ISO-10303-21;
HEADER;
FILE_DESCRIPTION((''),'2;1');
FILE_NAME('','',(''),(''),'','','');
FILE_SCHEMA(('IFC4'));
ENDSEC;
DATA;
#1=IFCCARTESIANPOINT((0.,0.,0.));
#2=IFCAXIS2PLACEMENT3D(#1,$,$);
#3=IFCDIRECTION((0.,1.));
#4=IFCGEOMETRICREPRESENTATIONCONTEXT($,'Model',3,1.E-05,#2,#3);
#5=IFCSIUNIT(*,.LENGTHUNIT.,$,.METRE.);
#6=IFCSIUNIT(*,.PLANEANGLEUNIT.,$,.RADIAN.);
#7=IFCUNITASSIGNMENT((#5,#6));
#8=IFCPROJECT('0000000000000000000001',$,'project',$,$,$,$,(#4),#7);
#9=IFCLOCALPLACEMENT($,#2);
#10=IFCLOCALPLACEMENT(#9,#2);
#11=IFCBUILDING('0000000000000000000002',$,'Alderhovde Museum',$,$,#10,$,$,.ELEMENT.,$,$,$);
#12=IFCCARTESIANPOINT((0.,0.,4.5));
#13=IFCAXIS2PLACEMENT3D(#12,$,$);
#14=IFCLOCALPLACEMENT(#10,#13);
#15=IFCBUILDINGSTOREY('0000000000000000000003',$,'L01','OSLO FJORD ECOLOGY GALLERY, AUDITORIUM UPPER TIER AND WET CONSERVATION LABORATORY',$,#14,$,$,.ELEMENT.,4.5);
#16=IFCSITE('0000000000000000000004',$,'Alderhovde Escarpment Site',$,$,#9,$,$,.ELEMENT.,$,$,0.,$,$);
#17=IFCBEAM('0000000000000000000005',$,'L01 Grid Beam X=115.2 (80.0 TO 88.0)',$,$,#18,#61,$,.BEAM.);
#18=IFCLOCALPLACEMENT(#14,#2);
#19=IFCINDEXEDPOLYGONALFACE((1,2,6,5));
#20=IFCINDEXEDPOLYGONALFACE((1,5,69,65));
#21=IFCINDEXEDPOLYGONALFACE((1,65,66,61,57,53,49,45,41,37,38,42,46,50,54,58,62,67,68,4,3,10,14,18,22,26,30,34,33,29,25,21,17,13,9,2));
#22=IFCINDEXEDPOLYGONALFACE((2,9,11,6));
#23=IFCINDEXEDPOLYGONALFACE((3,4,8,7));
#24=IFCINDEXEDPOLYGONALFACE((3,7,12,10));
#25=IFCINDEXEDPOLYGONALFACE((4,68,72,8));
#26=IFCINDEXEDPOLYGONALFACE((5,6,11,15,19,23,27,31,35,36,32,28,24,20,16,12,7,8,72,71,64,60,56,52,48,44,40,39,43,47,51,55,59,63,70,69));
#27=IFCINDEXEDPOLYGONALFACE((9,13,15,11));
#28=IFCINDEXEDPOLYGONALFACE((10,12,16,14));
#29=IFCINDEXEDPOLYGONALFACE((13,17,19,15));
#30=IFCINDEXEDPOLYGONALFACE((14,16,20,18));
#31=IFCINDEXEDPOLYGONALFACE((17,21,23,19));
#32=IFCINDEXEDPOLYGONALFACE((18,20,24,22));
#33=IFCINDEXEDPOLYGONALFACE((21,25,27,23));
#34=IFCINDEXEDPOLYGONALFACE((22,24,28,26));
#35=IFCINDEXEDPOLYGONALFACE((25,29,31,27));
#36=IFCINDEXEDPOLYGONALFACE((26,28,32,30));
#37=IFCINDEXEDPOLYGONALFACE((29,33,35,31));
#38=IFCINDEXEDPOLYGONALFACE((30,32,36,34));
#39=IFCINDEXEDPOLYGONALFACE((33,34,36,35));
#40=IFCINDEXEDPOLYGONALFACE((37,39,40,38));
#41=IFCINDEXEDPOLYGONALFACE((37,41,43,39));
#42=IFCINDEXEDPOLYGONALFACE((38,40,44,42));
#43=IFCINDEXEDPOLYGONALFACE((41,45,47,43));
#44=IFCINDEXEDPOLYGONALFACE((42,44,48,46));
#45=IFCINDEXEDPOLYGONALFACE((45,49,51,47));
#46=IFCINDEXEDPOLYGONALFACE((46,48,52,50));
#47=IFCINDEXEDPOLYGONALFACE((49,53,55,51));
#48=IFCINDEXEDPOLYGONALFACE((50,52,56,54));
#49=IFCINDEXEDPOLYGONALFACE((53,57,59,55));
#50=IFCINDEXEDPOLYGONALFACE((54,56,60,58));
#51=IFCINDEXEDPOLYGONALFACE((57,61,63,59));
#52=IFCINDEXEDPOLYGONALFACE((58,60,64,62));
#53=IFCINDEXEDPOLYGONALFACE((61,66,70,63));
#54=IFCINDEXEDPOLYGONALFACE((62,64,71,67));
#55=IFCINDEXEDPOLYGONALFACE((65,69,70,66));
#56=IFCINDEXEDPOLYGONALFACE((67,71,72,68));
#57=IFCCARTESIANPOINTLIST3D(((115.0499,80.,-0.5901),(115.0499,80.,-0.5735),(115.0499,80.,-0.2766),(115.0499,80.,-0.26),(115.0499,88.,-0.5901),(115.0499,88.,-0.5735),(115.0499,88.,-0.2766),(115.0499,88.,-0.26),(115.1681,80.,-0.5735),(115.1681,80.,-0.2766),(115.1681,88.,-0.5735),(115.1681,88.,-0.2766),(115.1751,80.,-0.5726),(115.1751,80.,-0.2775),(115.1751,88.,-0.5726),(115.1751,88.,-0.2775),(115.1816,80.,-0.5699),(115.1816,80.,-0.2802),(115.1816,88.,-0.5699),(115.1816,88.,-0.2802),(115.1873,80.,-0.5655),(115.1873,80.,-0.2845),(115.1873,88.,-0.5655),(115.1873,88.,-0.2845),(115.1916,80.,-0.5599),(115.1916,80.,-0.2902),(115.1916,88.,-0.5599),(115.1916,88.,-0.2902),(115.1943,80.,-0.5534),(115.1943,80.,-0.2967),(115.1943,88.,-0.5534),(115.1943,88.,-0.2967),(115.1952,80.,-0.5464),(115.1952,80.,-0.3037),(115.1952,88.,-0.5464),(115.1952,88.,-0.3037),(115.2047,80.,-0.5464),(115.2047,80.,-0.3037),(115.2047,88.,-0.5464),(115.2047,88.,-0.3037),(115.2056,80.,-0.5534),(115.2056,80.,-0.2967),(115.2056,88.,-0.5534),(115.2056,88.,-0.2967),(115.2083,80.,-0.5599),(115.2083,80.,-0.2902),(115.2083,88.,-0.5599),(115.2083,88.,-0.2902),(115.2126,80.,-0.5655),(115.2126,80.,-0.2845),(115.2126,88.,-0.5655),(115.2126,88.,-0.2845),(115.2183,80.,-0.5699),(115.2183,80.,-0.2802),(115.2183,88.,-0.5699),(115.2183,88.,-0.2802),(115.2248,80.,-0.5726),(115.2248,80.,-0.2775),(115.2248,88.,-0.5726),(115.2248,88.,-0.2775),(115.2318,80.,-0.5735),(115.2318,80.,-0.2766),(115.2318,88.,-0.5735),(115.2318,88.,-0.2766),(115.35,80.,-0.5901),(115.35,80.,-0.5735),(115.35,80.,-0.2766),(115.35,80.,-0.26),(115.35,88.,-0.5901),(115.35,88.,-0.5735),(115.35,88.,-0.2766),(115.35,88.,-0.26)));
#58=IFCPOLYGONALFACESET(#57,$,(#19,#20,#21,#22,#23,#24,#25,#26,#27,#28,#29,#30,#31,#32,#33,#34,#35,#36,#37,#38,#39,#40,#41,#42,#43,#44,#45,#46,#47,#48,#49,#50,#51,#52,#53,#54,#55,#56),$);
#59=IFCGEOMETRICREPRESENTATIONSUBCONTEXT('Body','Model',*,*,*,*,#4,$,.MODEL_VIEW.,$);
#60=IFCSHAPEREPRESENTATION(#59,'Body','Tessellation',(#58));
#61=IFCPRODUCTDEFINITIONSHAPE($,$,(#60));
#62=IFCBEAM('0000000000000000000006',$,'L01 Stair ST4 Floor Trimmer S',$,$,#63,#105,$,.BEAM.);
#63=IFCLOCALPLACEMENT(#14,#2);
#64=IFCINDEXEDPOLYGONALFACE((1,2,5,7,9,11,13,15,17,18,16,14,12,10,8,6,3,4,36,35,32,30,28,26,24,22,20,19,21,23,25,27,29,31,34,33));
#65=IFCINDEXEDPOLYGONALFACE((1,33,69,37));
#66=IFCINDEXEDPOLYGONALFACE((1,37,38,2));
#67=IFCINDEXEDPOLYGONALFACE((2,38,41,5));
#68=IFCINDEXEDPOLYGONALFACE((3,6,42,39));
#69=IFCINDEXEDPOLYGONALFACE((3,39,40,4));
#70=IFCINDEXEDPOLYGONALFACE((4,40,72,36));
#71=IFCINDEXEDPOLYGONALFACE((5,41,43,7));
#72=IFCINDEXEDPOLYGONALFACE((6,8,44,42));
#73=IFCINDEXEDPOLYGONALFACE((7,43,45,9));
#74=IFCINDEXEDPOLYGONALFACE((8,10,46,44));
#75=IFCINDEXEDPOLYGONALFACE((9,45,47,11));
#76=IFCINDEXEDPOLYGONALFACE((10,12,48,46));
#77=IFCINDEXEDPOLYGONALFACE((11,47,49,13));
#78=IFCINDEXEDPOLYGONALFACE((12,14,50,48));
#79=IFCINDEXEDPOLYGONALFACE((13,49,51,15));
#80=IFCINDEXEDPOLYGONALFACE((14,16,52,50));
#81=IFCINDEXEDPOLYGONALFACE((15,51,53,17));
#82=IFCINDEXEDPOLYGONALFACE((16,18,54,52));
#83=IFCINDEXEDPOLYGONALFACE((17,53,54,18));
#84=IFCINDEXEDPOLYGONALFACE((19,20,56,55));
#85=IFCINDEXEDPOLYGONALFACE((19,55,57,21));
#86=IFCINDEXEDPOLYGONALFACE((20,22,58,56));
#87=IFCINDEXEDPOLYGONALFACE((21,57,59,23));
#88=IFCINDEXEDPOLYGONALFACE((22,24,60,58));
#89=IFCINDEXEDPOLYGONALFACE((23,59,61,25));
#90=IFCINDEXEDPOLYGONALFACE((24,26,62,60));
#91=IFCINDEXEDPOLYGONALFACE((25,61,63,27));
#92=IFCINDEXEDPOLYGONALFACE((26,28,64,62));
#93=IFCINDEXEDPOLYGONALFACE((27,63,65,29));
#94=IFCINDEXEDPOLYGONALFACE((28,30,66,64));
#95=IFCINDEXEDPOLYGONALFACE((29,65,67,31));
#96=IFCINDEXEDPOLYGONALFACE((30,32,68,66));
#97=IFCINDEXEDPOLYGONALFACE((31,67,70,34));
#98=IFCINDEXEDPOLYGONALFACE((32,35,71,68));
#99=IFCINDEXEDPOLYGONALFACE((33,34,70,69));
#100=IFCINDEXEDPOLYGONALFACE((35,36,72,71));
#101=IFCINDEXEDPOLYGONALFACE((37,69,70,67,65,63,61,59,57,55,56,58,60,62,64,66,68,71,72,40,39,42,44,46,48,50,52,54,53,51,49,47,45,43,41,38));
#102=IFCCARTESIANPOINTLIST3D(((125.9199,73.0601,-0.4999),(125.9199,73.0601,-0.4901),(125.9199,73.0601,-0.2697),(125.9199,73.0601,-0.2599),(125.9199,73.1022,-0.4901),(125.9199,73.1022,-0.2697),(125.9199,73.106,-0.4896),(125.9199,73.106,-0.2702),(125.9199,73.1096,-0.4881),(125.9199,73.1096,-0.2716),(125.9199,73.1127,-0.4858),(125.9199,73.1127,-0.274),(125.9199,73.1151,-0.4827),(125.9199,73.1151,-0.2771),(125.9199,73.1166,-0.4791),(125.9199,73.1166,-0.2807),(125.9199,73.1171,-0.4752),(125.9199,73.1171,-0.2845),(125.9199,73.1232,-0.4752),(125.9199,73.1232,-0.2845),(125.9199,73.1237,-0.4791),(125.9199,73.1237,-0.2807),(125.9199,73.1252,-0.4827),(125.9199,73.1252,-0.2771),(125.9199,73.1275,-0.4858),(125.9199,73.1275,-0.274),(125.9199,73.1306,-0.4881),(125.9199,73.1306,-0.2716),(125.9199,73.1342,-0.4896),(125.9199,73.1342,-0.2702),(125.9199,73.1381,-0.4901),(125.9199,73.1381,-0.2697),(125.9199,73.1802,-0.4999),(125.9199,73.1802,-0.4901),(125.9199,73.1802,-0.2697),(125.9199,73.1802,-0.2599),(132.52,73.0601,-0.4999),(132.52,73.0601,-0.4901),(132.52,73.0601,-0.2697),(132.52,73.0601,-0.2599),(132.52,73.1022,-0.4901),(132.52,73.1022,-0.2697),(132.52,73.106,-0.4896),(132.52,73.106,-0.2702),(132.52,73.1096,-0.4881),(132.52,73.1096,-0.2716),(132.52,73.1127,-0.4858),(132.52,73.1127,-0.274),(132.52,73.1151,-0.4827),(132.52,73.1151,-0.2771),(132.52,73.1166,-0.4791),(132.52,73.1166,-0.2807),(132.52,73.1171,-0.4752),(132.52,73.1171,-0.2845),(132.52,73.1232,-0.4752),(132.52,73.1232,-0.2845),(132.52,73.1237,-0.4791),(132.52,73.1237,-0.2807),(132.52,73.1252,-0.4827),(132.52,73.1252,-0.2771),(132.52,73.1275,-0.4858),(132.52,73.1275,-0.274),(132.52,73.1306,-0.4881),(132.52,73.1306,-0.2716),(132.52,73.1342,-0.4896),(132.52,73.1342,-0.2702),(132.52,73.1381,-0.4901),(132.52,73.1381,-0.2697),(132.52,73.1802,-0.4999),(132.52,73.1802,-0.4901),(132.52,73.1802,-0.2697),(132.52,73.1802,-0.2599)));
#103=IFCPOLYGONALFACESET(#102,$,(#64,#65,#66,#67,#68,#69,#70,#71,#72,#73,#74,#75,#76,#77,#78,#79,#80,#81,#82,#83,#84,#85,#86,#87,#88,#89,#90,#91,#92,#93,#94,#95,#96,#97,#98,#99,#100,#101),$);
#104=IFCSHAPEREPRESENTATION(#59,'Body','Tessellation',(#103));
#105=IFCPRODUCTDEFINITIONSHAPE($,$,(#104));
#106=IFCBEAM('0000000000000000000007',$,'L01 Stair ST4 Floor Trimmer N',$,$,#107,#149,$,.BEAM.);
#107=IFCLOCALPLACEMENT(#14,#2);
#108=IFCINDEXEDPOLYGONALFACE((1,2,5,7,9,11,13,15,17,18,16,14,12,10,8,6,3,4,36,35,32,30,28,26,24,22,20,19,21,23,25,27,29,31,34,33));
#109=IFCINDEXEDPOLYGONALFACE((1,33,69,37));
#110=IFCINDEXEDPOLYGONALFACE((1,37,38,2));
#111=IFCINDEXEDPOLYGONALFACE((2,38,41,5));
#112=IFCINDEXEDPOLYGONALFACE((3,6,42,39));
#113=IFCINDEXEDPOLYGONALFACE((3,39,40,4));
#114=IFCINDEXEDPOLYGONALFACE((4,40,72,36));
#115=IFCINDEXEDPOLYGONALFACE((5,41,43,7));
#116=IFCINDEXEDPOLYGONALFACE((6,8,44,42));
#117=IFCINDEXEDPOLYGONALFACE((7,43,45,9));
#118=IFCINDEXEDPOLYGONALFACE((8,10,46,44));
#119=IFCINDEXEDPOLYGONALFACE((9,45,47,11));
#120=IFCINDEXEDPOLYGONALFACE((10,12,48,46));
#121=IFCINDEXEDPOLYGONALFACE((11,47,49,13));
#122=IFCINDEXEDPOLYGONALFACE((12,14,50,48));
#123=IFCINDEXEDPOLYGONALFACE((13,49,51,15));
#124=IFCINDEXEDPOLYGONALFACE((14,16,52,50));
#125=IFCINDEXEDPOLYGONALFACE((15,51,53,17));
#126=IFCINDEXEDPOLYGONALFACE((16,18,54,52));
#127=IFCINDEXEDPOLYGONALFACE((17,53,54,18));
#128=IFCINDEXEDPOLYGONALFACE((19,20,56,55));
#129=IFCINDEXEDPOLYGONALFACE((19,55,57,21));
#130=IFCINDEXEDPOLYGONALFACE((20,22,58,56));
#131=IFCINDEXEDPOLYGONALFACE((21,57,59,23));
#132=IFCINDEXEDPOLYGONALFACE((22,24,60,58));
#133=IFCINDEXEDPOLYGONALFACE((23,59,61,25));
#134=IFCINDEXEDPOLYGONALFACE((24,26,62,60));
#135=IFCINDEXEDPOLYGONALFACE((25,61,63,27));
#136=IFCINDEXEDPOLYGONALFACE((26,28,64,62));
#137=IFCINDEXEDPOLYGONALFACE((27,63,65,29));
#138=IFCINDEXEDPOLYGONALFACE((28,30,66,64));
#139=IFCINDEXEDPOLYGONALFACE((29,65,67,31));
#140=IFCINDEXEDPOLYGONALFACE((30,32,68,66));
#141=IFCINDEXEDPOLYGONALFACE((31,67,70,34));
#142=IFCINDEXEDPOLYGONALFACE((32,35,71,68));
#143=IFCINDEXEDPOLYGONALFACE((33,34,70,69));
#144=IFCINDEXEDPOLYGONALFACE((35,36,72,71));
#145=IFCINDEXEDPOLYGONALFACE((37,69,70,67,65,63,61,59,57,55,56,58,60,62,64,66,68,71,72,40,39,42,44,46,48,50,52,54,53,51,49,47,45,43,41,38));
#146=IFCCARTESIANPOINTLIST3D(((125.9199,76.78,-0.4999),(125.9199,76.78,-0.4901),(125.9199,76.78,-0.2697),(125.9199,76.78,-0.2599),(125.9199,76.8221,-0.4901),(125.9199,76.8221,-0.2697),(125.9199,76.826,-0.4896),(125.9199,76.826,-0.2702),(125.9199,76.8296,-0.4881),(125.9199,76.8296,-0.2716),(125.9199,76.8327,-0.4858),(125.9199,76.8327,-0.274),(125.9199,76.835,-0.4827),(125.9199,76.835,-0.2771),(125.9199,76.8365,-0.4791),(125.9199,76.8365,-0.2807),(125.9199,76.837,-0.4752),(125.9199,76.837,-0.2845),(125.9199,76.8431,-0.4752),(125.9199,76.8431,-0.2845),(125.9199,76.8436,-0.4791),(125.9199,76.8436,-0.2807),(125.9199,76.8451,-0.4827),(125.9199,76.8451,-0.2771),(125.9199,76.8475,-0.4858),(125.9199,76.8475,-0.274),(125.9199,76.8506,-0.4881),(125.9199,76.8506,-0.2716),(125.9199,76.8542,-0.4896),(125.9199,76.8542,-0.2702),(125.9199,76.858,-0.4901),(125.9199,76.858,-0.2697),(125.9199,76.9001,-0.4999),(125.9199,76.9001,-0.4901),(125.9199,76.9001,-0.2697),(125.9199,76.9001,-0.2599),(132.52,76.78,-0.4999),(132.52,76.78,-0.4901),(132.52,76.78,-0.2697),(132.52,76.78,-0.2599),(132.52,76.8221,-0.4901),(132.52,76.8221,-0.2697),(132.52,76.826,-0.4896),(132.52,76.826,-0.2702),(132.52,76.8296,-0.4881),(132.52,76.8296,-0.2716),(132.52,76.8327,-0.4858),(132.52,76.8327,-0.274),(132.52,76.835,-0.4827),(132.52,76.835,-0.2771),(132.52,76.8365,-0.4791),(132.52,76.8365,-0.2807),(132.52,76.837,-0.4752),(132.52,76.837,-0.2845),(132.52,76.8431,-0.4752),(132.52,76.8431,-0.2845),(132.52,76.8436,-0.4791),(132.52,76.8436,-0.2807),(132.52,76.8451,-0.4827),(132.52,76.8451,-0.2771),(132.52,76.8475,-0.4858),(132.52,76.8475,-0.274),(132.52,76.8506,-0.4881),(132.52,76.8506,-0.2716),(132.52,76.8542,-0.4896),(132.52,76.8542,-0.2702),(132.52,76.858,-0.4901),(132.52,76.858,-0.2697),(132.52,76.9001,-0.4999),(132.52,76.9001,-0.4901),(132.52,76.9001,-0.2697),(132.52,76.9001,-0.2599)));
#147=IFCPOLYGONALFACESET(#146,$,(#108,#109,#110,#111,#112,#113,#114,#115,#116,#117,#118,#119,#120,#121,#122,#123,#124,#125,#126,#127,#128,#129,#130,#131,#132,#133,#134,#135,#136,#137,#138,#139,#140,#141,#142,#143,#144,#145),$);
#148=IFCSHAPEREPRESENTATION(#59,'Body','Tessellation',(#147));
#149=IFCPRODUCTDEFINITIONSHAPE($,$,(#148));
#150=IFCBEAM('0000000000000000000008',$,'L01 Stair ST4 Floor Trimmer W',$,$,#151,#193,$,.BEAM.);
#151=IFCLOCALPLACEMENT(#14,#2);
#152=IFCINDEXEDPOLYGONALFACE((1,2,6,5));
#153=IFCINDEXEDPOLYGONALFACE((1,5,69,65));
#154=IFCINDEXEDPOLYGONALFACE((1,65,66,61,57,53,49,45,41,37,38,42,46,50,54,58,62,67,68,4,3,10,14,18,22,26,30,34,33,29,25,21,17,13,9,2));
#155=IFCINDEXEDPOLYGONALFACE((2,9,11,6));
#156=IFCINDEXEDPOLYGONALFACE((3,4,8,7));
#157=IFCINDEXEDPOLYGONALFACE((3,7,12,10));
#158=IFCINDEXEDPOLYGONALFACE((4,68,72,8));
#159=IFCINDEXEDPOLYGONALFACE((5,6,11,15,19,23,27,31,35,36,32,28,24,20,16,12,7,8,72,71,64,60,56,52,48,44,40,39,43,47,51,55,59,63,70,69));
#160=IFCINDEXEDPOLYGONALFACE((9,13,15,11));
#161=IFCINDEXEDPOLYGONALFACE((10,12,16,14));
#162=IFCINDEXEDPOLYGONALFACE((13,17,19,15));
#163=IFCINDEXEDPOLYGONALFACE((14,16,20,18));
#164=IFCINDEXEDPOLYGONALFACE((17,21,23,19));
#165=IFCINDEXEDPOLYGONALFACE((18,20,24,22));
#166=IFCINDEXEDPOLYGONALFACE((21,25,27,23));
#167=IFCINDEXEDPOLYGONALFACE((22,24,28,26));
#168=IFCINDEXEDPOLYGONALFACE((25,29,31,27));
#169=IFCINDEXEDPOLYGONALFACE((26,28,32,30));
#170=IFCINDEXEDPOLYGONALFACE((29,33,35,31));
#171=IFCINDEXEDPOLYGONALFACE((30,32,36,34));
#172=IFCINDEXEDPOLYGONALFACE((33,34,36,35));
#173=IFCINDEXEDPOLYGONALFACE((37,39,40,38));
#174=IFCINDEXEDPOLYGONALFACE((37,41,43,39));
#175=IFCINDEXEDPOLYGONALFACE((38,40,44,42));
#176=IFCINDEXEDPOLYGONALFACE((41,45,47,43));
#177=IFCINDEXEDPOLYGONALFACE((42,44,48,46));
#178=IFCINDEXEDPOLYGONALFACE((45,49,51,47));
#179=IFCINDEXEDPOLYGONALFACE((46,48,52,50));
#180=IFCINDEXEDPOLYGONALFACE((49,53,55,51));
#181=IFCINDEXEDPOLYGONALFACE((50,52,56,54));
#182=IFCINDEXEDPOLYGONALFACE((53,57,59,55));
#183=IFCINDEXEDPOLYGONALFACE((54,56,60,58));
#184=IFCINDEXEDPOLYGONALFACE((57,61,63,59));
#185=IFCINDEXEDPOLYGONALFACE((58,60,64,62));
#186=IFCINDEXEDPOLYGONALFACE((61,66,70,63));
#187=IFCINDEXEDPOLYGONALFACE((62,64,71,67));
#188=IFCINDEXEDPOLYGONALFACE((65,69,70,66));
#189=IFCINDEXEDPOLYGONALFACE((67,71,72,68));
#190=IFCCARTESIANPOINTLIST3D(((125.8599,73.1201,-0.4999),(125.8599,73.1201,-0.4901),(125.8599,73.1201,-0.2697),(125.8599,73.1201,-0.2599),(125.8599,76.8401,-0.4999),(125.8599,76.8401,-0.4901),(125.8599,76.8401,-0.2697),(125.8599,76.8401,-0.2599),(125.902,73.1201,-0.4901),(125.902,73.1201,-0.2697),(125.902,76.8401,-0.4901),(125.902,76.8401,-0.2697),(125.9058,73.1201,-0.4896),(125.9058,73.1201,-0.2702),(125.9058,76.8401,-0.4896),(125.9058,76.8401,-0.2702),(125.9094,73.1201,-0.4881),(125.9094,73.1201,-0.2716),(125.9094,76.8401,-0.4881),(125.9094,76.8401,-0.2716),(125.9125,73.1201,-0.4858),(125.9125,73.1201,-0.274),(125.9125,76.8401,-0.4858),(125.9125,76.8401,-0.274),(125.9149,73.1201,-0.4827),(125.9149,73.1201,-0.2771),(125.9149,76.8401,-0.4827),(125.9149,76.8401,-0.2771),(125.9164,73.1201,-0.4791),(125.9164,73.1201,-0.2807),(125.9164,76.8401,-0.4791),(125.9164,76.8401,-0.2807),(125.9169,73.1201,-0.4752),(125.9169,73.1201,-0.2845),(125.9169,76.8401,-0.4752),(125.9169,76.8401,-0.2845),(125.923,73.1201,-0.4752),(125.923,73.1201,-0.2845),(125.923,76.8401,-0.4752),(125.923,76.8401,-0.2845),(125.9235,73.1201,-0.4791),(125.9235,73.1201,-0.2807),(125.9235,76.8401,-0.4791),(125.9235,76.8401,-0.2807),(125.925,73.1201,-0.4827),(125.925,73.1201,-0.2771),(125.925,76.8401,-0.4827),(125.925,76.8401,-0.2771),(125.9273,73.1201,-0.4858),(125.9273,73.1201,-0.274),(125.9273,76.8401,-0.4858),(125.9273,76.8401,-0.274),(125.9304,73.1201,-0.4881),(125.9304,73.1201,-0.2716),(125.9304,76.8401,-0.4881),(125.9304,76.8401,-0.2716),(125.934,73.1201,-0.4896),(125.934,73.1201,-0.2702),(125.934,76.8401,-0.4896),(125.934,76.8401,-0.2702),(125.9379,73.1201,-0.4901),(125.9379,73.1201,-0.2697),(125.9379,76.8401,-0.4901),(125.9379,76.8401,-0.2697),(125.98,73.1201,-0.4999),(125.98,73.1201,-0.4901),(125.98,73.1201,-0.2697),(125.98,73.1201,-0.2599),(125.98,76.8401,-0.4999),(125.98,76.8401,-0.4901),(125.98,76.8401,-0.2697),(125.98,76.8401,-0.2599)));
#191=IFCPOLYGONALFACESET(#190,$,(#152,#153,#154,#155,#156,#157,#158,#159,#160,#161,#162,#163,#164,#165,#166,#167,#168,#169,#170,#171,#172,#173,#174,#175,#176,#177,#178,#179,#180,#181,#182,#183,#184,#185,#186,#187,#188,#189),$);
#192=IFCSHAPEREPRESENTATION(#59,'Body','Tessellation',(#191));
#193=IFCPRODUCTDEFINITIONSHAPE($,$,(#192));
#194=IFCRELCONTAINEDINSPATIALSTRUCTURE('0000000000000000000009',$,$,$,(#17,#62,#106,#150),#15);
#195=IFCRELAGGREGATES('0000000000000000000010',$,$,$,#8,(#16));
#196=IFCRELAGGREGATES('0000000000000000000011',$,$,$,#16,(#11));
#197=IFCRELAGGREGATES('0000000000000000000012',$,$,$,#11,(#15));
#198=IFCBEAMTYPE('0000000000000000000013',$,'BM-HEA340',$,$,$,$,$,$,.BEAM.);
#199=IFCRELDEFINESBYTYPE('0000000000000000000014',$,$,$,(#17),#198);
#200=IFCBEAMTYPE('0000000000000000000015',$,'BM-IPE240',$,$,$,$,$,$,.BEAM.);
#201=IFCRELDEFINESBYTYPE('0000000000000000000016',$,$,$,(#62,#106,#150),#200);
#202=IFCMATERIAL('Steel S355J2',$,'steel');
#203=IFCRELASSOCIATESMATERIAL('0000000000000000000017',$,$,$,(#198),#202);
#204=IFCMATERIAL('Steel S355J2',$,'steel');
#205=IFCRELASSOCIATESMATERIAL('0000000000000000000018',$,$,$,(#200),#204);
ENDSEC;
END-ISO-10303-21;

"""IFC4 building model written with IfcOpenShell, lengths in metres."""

from ifc_helpers import new_model, si_unit, direction, frame, origin, origin_2d, place, context, subcontext, project, spatial, i_section, extrude, material, material_profile, profile_set, type_object, element, save


model = new_model("IFC4")

# Units and contexts
model_context = context("Model", 3, precision=1e-05, world=origin(), true_north=direction((0.0, 1.0)))
body_context = subcontext(model_context, "Body", "Model", "MODEL_VIEW")
ifc_project = project(units=[si_unit("LENGTHUNIT", "METRE"), si_unit("PLANEANGLEUNIT", "RADIAN")], contexts=[model_context])

# Site, building, storey
site_placement = place(None, origin())
site = spatial("IfcSite", under=ifc_project, at=site_placement, Name="Alderhovde Escarpment Site", CompositionType="ELEMENT", RefElevation=0.0)
building_placement = place(site_placement, origin())
building = spatial("IfcBuilding", under=site, at=building_placement, Name="Alderhovde Museum", CompositionType="ELEMENT")
storey_placement = place(building_placement, frame((0.0, 0.0, 4.5)))
storey = spatial("IfcBuildingStorey", under=building, at=storey_placement, Name="L01", Description="OSLO FJORD ECOLOGY GALLERY, AUDITORIUM UPPER TIER AND WET CONSERVATION LABORATORY", CompositionType="ELEMENT", Elevation=4.5)

# Beams
ifc_material_1 = material(Name="Steel S355J2", Category="steel")
ifc_material_profile_1 = material_profile(ifc_material_1, i_section(OverallWidth=0.3, OverallDepth=0.3301, WebThickness=0.0095, FlangeThickness=0.0166, FilletRadius=0.0271, at=origin_2d()), Name="HEA 340")
ifc_profile_set_1 = profile_set([ifc_material_profile_1], Name="Steel S355J2")
beam_type_1 = type_object("IfcBeamType", Name="BM-HEA340", PredefinedType="BEAM", material=ifc_profile_set_1)
beam_1_placement = place(storey_placement, frame((115.2, 80.0, -0.425), z_axis=(0.0, 1.0, 0.0), x_axis=(-1.0, 0.0, 0.0)))
element("IfcBeam", 1, at=beam_1_placement, inside=storey, type_object=beam_type_1, Name="L01 Grid Beam X=115.2 (80.0 TO 88.0)", PredefinedType="BEAM", context=body_context, shape_type="SweptSolid", body=[
    extrude(i_section(OverallWidth=0.3, OverallDepth=0.3301, WebThickness=0.0095, FlangeThickness=0.0166, FilletRadius=0.0271, at=origin_2d()), origin(), (0.0, 0.0, 1.0), 8.0),
])
ifc_material_2 = material(Name="Steel S355J2", Category="steel")
ifc_material_profile_2 = material_profile(ifc_material_2, i_section(OverallWidth=0.1201, OverallDepth=0.24, WebThickness=0.0061, FlangeThickness=0.0098, FilletRadius=0.0149, at=origin_2d()), Name="IPE 240")
ifc_profile_set_2 = profile_set([ifc_material_profile_2], Name="Steel S355J2")
beam_type_2 = type_object("IfcBeamType", Name="BM-IPE240", PredefinedType="BEAM", material=ifc_profile_set_2)
for number, where, z_axis, x_axis, name in (
    (2, (125.9199, 73.1201, -0.3799), (1.0, 0.0, 0.0), (0.0, 1.0, 0.0), "L01 Stair ST4 Floor Trimmer S"),
    (3, (125.9199, 76.8401, -0.3799), (1.0, 0.0, 0.0), (0.0, 1.0, 0.0), "L01 Stair ST4 Floor Trimmer N"),
):
    element("IfcBeam", number, at=place(storey_placement, frame(where, z_axis=z_axis, x_axis=x_axis)), inside=storey, type_object=beam_type_2, Name=name, PredefinedType="BEAM", context=body_context, shape_type="SweptSolid", body=[
        extrude(i_section(OverallWidth=0.1201, OverallDepth=0.24, WebThickness=0.0061, FlangeThickness=0.0098, FilletRadius=0.0149, at=origin_2d()), origin(), (0.0, 0.0, 1.0), 6.6001),
    ])
beam_2_placement = place(storey_placement, frame((125.9199, 73.1201, -0.3799), z_axis=(0.0, 1.0, 0.0), x_axis=(-1.0, 0.0, 0.0)))
element("IfcBeam", 4, at=beam_2_placement, inside=storey, type_object=beam_type_2, Name="L01 Stair ST4 Floor Trimmer W", PredefinedType="BEAM", context=body_context, shape_type="SweptSolid", body=[
    extrude(i_section(OverallWidth=0.1201, OverallDepth=0.24, WebThickness=0.0061, FlangeThickness=0.0098, FilletRadius=0.0149, at=origin_2d()), origin(), (0.0, 0.0, 1.0), 3.72),
])

save(model, "model.ifc")
